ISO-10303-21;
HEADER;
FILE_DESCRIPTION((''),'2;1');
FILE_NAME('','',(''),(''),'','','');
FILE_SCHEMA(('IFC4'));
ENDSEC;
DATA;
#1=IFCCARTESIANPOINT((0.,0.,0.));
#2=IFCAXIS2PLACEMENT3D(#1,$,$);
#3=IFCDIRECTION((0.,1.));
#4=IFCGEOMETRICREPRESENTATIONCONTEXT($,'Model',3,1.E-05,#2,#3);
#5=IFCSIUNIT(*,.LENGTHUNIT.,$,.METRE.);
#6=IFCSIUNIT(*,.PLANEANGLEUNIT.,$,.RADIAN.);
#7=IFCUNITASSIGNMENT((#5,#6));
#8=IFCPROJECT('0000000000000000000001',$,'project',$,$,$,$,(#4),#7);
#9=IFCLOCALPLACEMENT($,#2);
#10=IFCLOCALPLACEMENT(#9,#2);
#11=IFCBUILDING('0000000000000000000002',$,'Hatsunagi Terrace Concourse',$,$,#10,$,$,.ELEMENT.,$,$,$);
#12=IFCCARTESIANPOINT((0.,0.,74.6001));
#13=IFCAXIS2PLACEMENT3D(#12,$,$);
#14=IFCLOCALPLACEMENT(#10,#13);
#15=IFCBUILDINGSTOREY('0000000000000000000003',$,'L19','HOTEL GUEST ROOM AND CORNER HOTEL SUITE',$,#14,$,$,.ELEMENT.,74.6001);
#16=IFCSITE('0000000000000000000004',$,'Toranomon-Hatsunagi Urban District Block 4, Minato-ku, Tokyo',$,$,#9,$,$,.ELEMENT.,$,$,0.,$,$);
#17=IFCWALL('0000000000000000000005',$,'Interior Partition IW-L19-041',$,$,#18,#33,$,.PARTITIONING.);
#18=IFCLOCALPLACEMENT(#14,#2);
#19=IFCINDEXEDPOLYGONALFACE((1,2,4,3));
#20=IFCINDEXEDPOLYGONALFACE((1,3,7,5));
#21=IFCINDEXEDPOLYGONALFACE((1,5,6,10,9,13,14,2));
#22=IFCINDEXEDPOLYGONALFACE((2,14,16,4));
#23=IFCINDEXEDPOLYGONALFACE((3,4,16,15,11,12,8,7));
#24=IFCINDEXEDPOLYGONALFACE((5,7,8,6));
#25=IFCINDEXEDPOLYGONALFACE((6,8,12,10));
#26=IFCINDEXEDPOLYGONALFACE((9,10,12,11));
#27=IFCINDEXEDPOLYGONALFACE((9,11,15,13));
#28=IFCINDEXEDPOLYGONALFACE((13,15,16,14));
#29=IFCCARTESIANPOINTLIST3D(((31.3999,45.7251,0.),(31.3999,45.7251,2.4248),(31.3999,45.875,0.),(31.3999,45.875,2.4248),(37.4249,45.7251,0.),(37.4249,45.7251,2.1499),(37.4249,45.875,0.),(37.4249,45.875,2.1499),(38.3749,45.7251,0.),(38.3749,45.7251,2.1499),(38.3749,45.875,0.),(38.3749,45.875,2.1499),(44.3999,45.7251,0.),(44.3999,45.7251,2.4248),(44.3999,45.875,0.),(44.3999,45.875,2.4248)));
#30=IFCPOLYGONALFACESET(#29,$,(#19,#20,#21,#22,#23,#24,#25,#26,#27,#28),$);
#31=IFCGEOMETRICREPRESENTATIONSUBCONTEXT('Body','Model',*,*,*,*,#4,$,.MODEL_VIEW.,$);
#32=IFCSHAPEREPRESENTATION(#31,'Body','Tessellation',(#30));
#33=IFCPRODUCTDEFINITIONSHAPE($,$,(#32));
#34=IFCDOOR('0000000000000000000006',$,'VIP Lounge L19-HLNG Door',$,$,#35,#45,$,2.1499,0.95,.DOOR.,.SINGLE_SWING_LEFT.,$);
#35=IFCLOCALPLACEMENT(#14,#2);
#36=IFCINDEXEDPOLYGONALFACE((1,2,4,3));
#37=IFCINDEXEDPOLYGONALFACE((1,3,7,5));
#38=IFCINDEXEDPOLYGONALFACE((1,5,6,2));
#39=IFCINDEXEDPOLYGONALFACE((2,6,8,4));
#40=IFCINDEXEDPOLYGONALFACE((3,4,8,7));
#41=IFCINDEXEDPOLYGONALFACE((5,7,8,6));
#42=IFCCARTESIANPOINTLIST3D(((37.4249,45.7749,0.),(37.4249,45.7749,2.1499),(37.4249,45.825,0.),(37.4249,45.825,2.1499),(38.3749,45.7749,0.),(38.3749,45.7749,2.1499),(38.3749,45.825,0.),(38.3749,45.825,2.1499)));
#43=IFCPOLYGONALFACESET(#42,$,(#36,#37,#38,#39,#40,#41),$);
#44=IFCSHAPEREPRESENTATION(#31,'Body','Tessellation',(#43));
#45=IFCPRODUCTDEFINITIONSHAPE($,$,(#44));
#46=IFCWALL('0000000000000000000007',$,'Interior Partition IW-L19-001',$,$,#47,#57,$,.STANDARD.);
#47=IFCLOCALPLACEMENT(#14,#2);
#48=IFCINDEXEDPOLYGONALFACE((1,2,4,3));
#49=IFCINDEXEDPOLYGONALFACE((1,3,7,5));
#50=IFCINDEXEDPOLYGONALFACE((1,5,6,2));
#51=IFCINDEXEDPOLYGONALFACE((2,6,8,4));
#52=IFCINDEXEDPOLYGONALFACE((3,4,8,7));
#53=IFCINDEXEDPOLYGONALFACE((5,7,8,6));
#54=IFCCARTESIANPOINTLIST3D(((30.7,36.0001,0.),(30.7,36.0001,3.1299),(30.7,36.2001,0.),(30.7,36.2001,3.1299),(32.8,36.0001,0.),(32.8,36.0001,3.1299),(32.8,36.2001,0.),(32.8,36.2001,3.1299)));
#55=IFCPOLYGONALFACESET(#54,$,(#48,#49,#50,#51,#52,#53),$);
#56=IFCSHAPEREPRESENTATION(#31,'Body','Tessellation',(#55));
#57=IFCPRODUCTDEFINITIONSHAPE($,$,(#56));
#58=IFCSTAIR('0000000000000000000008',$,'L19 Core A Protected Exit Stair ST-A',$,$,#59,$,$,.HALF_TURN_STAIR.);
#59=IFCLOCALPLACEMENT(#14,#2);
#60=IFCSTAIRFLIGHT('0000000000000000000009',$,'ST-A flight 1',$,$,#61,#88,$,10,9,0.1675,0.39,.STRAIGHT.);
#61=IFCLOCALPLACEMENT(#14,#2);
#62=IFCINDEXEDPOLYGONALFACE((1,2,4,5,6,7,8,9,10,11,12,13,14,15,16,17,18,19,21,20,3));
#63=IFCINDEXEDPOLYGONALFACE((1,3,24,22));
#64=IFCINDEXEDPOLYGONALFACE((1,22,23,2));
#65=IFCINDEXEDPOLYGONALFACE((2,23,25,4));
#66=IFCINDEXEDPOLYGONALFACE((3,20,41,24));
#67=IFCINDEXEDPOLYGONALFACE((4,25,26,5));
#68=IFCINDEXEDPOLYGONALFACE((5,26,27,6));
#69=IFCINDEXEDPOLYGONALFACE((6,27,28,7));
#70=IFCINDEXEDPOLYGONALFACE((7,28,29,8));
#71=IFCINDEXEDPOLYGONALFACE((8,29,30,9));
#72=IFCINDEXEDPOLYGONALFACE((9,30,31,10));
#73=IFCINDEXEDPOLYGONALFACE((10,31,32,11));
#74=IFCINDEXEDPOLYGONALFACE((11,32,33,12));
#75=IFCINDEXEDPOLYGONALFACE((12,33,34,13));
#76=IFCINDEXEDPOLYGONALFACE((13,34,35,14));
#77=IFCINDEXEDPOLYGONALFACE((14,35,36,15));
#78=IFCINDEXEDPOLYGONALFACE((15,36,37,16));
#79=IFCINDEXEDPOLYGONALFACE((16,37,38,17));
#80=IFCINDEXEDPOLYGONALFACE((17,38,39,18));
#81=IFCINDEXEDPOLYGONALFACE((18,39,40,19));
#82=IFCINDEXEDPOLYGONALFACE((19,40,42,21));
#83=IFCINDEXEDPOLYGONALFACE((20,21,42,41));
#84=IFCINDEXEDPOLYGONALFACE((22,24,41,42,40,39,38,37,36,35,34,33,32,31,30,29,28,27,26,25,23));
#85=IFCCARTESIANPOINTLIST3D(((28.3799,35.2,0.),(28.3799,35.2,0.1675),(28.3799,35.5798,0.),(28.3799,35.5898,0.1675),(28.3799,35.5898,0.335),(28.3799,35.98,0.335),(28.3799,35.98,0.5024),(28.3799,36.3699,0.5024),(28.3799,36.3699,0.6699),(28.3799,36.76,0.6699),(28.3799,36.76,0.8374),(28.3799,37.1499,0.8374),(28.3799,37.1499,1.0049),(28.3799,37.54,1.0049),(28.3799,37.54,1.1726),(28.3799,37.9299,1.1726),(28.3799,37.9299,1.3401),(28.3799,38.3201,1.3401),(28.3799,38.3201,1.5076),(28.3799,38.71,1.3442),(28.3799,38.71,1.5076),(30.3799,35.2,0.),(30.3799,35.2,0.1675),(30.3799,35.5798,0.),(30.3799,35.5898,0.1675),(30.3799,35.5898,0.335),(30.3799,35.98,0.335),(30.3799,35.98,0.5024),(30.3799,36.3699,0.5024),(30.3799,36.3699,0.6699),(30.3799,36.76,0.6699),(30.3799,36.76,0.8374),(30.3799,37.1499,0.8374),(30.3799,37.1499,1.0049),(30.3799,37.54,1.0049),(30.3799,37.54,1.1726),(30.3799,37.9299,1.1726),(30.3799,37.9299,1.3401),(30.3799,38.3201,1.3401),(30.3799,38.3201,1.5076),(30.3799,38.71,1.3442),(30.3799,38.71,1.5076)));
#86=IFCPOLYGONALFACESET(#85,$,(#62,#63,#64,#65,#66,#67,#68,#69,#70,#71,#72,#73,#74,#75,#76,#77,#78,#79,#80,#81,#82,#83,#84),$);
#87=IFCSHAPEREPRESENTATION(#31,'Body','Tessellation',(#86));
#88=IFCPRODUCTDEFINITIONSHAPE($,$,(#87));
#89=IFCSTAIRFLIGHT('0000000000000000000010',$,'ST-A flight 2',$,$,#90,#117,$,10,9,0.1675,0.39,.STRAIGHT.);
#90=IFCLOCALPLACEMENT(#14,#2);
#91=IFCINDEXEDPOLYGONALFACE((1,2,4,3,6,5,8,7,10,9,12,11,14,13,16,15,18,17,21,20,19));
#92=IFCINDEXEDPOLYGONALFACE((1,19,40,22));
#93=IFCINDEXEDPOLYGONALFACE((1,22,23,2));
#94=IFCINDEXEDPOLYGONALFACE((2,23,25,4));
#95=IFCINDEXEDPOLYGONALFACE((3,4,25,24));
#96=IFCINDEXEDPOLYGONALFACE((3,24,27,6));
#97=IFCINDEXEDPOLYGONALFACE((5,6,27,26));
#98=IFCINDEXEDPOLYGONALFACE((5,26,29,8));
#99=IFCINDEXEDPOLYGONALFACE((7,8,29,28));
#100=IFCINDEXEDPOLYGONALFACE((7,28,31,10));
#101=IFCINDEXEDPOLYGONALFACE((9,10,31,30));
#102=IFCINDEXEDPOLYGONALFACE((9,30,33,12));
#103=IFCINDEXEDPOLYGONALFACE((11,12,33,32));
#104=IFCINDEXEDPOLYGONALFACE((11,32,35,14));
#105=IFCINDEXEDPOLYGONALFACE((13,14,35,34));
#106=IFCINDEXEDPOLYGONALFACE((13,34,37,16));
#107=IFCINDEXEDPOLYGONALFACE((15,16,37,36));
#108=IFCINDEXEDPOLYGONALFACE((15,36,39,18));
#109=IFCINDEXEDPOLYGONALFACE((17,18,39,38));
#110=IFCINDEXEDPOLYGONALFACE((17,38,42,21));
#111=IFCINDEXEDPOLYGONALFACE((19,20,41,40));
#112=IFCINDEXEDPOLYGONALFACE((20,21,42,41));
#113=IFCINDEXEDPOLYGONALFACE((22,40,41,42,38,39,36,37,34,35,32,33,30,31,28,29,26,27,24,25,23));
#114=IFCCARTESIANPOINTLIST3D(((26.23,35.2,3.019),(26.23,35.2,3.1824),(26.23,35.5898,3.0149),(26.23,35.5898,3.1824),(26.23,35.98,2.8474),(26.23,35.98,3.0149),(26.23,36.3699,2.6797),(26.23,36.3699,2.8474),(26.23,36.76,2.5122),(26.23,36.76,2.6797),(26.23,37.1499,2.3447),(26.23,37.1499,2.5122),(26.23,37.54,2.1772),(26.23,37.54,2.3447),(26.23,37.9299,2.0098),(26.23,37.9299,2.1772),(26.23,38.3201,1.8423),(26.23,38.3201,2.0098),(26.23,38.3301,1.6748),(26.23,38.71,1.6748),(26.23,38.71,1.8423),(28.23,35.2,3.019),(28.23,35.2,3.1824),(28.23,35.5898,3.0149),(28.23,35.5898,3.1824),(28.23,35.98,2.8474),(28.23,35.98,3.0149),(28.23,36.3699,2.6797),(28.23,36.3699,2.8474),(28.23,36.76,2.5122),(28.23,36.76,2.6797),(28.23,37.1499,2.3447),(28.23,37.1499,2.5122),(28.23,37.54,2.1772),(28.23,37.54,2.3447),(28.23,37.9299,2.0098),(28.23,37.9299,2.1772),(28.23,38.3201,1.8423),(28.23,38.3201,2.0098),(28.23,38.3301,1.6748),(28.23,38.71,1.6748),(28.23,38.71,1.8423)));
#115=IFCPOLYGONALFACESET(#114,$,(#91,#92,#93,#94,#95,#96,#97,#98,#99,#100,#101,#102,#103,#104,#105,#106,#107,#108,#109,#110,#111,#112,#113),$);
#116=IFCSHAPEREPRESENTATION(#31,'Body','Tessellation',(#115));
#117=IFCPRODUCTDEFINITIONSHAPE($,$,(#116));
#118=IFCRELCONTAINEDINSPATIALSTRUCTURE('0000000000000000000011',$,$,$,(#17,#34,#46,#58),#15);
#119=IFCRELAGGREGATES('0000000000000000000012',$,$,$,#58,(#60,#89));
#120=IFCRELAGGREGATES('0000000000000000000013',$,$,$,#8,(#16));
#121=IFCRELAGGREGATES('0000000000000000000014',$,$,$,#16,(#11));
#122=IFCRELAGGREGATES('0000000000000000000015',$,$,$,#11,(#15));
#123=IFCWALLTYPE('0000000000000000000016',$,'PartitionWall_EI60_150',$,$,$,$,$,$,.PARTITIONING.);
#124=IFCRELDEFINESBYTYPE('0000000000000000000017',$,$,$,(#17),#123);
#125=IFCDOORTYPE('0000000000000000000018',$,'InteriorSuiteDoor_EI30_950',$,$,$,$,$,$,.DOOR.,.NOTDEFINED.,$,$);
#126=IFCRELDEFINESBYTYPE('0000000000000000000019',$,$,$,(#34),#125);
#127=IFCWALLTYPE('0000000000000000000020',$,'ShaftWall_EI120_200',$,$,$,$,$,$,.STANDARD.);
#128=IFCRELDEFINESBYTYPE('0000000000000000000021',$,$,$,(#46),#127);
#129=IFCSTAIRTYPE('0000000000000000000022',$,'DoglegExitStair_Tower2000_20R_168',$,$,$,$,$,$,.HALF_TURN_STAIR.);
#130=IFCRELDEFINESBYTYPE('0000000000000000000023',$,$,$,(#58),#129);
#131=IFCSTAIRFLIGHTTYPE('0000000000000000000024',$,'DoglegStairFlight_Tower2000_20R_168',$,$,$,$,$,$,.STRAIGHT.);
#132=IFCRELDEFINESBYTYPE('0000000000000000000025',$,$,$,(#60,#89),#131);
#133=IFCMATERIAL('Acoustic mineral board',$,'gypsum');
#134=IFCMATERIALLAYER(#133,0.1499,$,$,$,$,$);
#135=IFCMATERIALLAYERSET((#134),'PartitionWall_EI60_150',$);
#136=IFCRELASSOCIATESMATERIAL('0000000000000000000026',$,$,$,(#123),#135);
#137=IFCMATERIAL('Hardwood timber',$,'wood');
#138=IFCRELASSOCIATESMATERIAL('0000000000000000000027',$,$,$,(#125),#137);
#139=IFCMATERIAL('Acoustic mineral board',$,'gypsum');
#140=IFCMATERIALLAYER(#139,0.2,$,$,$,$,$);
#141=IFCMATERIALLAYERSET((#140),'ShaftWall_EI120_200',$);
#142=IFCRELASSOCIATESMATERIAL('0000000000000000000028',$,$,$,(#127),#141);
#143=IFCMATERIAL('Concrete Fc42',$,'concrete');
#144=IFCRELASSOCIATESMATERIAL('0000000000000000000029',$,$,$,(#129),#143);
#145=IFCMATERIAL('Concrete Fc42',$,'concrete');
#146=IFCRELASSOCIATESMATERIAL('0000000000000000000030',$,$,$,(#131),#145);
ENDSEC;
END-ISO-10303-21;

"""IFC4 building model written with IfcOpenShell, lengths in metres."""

from ifc_helpers import new_model, si_unit, direction, frame, frame_2d, origin, place, context, subcontext, project, spatial, polyline, rectangle, outline, extrude, material, layer, layer_set, type_object, element, fill, aggregate, save


model = new_model("IFC4")

# Units and contexts
model_context = context("Model", 3, precision=1e-05, world=origin(), true_north=direction((0.0, 1.0)))
body_context = subcontext(model_context, "Body", "Model", "MODEL_VIEW")
ifc_project = project(units=[si_unit("LENGTHUNIT", "METRE"), si_unit("PLANEANGLEUNIT", "RADIAN")], contexts=[model_context])

# Site, building, storey
site_placement = place(None, origin())
site = spatial("IfcSite", under=ifc_project, at=site_placement, Name="Toranomon-Hatsunagi Urban District Block 4, Minato-ku, Tokyo", CompositionType="ELEMENT", RefElevation=0.0)
building_placement = place(site_placement, origin())
building = spatial("IfcBuilding", under=site, at=building_placement, Name="Hatsunagi Terrace Concourse", CompositionType="ELEMENT")
storey_placement = place(building_placement, frame((0.0, 0.0, 74.6001)))
storey = spatial("IfcBuildingStorey", under=building, at=storey_placement, Name="L19", Description="HOTEL GUEST ROOM AND CORNER HOTEL SUITE", CompositionType="ELEMENT", Elevation=74.6001)

# Shared definitions
ifc_material_1 = material(Name="Acoustic mineral board", Category="gypsum")
ifc_layer_1 = layer(ifc_material_1, 0.1499)
ifc_layer_set_1 = layer_set([ifc_layer_1], Name="PartitionWall_EI60_150")
wall_type_1 = type_object("IfcWallType", Name="PartitionWall_EI60_150", PredefinedType="PARTITIONING", material=ifc_layer_set_1)

# Wall, opening, door
wall_1_placement = place(storey_placement, frame((31.3999, 45.8, 0.0), z_axis=(0.0, 0.0, 1.0), x_axis=(1.0, 0.0, 0.0)))
wall_1 = element("IfcWall", 1, at=wall_1_placement, inside=storey, type_object=wall_type_1, Name="Interior Partition IW-L19-041", PredefinedType="PARTITIONING", context=body_context, shape_type="SweptSolid", body=[
    extrude(rectangle(XDim=13.0, YDim=0.1499, at=frame_2d((6.5, 0.0))), origin(), (0.0, 0.0, 1.0), 2.4248),
])
opening_1_placement = place(wall_1_placement, frame((6.0249, 0.0, 0.0)))
opening_1 = element("IfcOpeningElement", 2, at=opening_1_placement, cuts=wall_1, PredefinedType="OPENING", context=body_context, shape_type="SweptSolid", body=[
    extrude(rectangle(XDim=0.95, YDim=2.1499, at=frame_2d((0.4751, 1.075))), frame((0.0, 0.085, 0.0), z_axis=(0.0, -1.0, 0.0), x_axis=(1.0, 0.0, 0.0)), (0.0, 0.0, 1.0), 0.1699),
])
ifc_material_2 = material(Name="Hardwood timber", Category="wood")
door_type_1 = type_object("IfcDoorType", Name="InteriorSuiteDoor_EI30_950", OperationType="NOTDEFINED", PredefinedType="DOOR", material=ifc_material_2)
door_1_placement = place(opening_1_placement, origin())
door_1 = element("IfcDoor", 3, at=door_1_placement, inside=storey, type_object=door_type_1, Name="VIP Lounge L19-HLNG Door", OperationType="SINGLE_SWING_LEFT", OverallHeight=2.1499, OverallWidth=0.95, PredefinedType="DOOR", context=body_context, shape_type="SweptSolid", body=[
    extrude(rectangle(XDim=0.95, YDim=2.1499, at=frame_2d((0.4751, 1.075))), frame((0.0, 0.0249, 0.0), z_axis=(0.0, -1.0, 0.0), x_axis=(1.0, 0.0, 0.0)), (0.0, 0.0, 1.0), 0.05),
])
fill(opening_1, door_1)

# Wall
ifc_material_3 = material(Name="Acoustic mineral board", Category="gypsum")
ifc_layer_2 = layer(ifc_material_3, 0.2)
ifc_layer_set_2 = layer_set([ifc_layer_2], Name="ShaftWall_EI120_200")
wall_type_2 = type_object("IfcWallType", Name="ShaftWall_EI120_200", PredefinedType="STANDARD", material=ifc_layer_set_2)
wall_2_placement = place(storey_placement, frame((30.7, 36.1001, 0.0), z_axis=(0.0, 0.0, 1.0), x_axis=(1.0, 0.0, 0.0)))
element("IfcWall", 4, at=wall_2_placement, inside=storey, type_object=wall_type_2, Name="Interior Partition IW-L19-001", PredefinedType="STANDARD", context=body_context, shape_type="SweptSolid", body=[
    extrude(rectangle(XDim=2.1001, YDim=0.2, at=frame_2d((1.05, 0.0))), origin(), (0.0, 0.0, 1.0), 3.1299),
])

# Stair, stair flights
ifc_material_4 = material(Name="Concrete Fc42", Category="concrete")
stair_type = type_object("IfcStairType", Name="DoglegExitStair_Tower2000_20R_168", PredefinedType="HALF_TURN_STAIR", material=ifc_material_4)
stair_placement = place(storey_placement, origin())
stair = element("IfcStair", 5, at=stair_placement, inside=storey, type_object=stair_type, Name="L19 Core A Protected Exit Stair ST-A", PredefinedType="HALF_TURN_STAIR")
ifc_material_5 = material(Name="Concrete Fc42", Category="concrete")
stair_flight_type = type_object("IfcStairFlightType", Name="DoglegStairFlight_Tower2000_20R_168", PredefinedType="STRAIGHT", material=ifc_material_5)
stair_flight_1_placement = place(storey_placement, frame((29.3799, 35.2, 0.0), z_axis=(0.0, 0.0, 1.0), x_axis=(0.0, 1.0, 0.0)))
stair_flight_1 = element("IfcStairFlight", 6, at=stair_flight_1_placement, type_object=stair_flight_type, Name="ST-A flight 1", NumberOfRisers=10, NumberOfTreads=9, PredefinedType="STRAIGHT", RiserHeight=0.1675, TreadLength=0.39, context=body_context, shape_type="SweptSolid", body=[
    extrude(outline(polyline([(0.0, 0.0), (0.0, 0.1675), (0.3899, 0.1675), (0.3899, 0.335), (0.78, 0.335), (0.78, 0.5024), (1.1699, 0.5024), (1.1699, 0.6699), (1.5601, 0.6699), (1.5601, 0.8374), (1.95, 0.8374), (1.95, 1.0049), (2.3401, 1.0049), (2.3401, 1.1726), (2.73, 1.1726), (2.73, 1.3401), (3.1201, 1.3401), (3.1201, 1.5076), (3.51, 1.5076), (3.51, 1.675), (3.51, 1.3442), (0.3799, 0.0), (0.0, 0.0)])), frame((0.0, 1.0, 0.0), z_axis=(0.0, -1.0, 0.0), x_axis=(1.0, 0.0, 0.0)), (0.0, 0.0, 1.0), 2.0),
])
stair_flight_2_placement = place(storey_placement, frame((27.23, 38.71, 1.6748), z_axis=(0.0, 0.0, 1.0), x_axis=(0.0, -1.0, 0.0)))
stair_flight_2 = element("IfcStairFlight", 7, at=stair_flight_2_placement, type_object=stair_flight_type, Name="ST-A flight 2", NumberOfRisers=10, NumberOfTreads=9, PredefinedType="STRAIGHT", RiserHeight=0.1675, TreadLength=0.39, context=body_context, shape_type="SweptSolid", body=[
    extrude(outline(polyline([(0.0, 0.0), (0.0, 0.1675), (0.3899, 0.1675), (0.3899, 0.335), (0.78, 0.335), (0.78, 0.5024), (1.1699, 0.5024), (1.1699, 0.6699), (1.5601, 0.6699), (1.5601, 0.8374), (1.95, 0.8374), (1.95, 1.0049), (2.3401, 1.0049), (2.3401, 1.1726), (2.73, 1.1726), (2.73, 1.3401), (3.1201, 1.3401), (3.1201, 1.5076), (3.51, 1.5076), (3.51, 1.675), (3.51, 1.3442), (0.3799, 0.0), (0.0, 0.0)])), frame((0.0, 1.0, 0.0), z_axis=(0.0, -1.0, 0.0), x_axis=(1.0, 0.0, 0.0)), (0.0, 0.0, 1.0), 2.0),
])
aggregate(stair, [stair_flight_1, stair_flight_2])

save(model, "model.ifc")
